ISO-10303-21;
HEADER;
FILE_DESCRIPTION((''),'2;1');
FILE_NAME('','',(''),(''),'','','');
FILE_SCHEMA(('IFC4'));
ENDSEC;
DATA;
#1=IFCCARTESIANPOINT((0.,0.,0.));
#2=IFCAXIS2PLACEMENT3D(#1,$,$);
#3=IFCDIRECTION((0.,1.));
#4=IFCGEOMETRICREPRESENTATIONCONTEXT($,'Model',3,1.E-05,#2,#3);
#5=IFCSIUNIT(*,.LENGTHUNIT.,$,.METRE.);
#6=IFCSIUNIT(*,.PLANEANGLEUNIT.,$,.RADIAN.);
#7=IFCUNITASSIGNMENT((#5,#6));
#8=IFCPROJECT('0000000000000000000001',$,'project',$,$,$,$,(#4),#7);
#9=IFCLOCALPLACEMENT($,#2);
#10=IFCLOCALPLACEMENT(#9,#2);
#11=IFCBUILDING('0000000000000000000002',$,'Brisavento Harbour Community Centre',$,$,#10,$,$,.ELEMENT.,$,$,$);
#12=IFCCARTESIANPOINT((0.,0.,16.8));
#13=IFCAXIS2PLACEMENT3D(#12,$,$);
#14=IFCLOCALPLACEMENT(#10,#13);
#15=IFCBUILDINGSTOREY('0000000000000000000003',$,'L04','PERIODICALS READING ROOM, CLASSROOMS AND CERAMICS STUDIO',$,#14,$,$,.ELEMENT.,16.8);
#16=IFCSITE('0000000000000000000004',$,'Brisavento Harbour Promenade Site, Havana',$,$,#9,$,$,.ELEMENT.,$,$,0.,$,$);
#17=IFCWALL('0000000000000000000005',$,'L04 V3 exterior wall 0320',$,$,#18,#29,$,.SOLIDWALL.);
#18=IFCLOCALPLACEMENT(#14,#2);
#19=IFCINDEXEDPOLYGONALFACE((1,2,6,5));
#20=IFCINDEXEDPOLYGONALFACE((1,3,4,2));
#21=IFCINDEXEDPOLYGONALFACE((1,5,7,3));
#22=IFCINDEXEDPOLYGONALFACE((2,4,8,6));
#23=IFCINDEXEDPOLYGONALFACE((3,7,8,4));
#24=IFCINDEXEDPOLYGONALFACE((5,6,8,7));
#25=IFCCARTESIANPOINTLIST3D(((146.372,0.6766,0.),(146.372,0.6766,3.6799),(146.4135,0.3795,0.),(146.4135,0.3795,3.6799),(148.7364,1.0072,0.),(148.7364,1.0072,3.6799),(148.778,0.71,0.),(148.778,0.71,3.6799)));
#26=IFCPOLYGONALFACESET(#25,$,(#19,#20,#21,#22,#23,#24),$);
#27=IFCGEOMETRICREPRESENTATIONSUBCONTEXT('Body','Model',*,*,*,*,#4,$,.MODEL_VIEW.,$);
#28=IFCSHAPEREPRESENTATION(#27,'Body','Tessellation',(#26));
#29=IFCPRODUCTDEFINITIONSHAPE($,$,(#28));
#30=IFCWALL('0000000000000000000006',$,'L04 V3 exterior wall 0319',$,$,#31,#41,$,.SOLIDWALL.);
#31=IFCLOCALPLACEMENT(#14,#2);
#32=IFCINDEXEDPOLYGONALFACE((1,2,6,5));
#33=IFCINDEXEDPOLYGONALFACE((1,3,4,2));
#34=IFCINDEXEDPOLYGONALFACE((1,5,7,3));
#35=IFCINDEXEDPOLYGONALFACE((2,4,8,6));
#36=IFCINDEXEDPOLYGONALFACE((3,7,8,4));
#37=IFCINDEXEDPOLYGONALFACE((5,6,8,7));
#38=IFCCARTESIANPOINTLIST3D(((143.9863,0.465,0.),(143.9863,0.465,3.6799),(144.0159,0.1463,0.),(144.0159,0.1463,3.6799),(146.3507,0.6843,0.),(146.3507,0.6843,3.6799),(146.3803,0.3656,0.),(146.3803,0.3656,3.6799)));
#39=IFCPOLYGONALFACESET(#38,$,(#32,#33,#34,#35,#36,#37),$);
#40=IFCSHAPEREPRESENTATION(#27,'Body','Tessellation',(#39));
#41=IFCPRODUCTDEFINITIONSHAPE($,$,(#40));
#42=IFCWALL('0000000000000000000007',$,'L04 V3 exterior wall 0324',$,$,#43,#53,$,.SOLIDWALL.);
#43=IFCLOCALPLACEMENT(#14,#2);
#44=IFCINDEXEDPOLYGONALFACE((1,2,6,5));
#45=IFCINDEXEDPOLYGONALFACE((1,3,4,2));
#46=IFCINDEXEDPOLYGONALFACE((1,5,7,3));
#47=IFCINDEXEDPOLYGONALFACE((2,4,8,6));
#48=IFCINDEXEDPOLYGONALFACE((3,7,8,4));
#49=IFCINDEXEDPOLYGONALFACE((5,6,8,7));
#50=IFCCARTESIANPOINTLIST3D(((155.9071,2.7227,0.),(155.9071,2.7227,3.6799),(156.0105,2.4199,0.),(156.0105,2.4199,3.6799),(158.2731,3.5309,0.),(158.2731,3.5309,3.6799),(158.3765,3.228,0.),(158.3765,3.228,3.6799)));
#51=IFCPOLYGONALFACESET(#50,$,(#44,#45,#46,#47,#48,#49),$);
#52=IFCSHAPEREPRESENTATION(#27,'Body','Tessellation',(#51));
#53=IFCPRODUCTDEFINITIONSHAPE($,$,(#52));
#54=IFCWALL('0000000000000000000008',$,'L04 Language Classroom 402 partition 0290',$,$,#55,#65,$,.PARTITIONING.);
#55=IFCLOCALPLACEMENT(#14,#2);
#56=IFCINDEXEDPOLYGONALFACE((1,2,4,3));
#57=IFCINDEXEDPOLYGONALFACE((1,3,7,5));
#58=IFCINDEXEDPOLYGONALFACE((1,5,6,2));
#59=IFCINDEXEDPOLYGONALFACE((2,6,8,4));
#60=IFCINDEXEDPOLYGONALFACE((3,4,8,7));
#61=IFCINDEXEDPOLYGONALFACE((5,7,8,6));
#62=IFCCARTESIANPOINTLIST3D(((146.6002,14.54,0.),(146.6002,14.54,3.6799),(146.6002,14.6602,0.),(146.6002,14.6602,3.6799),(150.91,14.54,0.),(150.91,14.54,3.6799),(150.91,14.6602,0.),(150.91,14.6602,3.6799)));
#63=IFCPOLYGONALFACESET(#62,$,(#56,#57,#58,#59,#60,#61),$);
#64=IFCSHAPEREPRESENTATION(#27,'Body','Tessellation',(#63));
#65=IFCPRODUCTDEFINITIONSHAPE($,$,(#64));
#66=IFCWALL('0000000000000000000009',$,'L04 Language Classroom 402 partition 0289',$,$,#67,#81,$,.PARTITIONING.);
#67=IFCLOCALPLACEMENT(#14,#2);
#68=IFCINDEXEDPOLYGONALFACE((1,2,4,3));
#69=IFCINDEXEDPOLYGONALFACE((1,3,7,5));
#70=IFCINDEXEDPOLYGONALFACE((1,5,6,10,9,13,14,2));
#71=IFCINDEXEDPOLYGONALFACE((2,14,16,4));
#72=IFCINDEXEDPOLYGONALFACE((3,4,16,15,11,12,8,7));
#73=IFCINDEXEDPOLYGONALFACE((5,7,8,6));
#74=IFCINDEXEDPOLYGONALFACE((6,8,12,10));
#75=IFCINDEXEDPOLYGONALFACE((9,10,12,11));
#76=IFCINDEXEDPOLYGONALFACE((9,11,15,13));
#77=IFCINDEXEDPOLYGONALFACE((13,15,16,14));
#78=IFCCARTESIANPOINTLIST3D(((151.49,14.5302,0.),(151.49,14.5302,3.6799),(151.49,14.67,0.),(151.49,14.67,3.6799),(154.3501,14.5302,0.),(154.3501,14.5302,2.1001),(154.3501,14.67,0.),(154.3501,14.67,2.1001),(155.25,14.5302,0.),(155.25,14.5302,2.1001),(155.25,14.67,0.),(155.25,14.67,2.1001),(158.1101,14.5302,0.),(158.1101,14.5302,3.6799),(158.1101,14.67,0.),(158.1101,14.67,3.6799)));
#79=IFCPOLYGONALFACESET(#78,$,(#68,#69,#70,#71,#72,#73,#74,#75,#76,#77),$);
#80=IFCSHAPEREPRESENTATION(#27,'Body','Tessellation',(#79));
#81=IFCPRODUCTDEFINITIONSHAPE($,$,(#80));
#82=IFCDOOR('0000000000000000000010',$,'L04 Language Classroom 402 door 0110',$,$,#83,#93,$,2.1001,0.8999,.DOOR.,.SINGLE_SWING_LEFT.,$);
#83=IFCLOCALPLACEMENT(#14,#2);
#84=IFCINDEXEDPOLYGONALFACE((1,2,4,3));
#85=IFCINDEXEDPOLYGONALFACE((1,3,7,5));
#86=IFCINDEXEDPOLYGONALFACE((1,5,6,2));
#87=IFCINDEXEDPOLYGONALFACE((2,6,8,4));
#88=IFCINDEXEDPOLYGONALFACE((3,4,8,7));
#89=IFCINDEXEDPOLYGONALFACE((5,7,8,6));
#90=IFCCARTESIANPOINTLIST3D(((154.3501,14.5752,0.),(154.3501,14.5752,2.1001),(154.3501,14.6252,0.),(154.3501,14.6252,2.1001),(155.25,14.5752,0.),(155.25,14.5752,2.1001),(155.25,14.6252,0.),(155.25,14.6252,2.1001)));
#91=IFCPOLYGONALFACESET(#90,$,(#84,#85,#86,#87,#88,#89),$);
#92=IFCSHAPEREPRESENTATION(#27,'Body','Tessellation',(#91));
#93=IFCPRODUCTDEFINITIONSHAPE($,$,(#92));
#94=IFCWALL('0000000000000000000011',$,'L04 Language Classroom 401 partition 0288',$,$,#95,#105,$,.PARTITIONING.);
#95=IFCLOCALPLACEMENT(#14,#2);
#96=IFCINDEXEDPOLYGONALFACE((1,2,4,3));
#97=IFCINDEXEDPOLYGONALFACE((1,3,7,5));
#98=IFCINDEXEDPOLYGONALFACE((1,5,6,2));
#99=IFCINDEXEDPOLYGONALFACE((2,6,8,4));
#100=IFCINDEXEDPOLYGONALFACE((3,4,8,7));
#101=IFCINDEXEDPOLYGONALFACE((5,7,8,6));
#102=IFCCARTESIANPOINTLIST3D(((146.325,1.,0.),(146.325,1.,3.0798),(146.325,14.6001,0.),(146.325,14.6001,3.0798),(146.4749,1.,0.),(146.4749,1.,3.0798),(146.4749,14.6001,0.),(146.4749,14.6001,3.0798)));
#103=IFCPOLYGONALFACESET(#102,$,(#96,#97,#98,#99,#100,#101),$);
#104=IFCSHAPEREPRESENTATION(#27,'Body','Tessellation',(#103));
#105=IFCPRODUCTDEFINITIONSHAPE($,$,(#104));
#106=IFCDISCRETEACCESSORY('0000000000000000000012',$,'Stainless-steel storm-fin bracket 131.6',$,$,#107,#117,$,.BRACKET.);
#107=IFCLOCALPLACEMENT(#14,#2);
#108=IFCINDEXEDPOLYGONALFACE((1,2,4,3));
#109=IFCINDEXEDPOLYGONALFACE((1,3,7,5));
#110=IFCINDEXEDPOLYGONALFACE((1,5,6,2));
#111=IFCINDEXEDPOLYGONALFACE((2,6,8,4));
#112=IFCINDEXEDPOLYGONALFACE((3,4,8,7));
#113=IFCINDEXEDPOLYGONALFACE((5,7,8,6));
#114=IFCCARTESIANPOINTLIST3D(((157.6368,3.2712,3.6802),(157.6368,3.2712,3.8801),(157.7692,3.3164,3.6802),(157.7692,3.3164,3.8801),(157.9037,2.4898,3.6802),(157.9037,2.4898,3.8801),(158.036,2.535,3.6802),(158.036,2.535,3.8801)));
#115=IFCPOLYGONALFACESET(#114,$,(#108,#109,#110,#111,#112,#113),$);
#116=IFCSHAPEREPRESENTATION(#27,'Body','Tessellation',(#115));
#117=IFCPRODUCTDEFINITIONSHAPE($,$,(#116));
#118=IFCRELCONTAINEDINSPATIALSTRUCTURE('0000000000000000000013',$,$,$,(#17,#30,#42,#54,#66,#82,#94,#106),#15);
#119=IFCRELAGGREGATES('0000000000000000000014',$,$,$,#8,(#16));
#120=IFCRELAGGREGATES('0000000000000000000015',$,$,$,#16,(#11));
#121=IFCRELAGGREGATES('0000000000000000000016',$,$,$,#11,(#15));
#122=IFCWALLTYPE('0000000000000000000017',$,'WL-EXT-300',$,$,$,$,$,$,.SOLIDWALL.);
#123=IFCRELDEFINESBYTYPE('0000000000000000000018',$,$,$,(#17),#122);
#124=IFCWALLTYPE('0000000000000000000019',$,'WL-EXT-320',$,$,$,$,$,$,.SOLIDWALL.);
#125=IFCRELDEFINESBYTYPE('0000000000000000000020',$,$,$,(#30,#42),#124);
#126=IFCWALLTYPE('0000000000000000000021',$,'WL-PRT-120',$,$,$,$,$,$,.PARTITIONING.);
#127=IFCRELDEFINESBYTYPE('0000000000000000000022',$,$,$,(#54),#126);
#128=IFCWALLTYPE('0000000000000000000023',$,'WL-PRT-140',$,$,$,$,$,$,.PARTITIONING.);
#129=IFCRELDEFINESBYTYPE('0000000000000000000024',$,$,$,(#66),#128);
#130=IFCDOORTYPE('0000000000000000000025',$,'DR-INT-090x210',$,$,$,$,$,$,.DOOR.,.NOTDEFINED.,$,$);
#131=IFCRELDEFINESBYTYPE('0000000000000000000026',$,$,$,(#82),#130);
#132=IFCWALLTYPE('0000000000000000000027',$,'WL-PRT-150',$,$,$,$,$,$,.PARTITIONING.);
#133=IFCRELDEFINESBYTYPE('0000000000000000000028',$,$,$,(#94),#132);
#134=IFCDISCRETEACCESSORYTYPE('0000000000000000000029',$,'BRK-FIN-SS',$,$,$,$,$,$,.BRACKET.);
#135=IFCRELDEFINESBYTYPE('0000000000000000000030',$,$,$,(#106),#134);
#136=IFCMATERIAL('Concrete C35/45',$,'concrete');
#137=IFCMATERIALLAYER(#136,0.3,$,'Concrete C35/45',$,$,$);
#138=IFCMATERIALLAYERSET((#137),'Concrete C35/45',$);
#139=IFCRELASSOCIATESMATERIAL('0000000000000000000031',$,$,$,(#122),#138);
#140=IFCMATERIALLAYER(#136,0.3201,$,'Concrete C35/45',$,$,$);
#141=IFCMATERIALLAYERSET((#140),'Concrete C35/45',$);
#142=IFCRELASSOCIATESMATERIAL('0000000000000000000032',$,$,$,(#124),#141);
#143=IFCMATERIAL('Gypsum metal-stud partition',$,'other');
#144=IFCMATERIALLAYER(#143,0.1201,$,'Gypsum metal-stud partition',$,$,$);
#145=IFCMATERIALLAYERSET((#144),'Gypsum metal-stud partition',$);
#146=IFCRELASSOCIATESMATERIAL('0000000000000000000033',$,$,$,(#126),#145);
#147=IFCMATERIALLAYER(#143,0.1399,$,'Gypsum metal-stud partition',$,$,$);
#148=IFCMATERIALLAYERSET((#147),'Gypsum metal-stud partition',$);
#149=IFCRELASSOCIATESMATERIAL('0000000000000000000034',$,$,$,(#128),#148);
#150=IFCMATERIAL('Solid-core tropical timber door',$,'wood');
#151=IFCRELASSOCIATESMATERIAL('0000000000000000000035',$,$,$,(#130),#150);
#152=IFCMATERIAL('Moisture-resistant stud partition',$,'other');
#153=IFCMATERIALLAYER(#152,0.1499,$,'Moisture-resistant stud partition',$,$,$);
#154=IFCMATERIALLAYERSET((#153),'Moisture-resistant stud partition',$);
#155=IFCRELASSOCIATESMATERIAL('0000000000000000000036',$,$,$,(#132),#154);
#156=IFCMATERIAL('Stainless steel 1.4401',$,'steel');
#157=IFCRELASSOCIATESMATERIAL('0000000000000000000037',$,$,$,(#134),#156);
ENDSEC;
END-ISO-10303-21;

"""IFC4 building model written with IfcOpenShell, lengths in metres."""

from ifc_helpers import new_model, si_unit, direction, frame, frame_2d, origin, origin_2d, place, context, subcontext, project, spatial, rectangle, extrude, material, layer, layer_set, type_object, element, fill, save


model = new_model("IFC4")

# Units and contexts
model_context = context("Model", 3, precision=1e-05, world=origin(), true_north=direction((0.0, 1.0)))
body_context = subcontext(model_context, "Body", "Model", "MODEL_VIEW")
ifc_project = project(units=[si_unit("LENGTHUNIT", "METRE"), si_unit("PLANEANGLEUNIT", "RADIAN")], contexts=[model_context])

# Site, building, storey
site_placement = place(None, origin())
site = spatial("IfcSite", under=ifc_project, at=site_placement, Name="Brisavento Harbour Promenade Site, Havana", CompositionType="ELEMENT", RefElevation=0.0)
building_placement = place(site_placement, origin())
building = spatial("IfcBuilding", under=site, at=building_placement, Name="Brisavento Harbour Community Centre", CompositionType="ELEMENT")
storey_placement = place(building_placement, frame((0.0, 0.0, 16.8)))
storey = spatial("IfcBuildingStorey", under=building, at=storey_placement, Name="L04", Description="PERIODICALS READING ROOM, CLASSROOMS AND CERAMICS STUDIO", CompositionType="ELEMENT", Elevation=16.8)

# Shared definitions
ifc_material_1 = material(Name="Concrete C35/45", Category="concrete")

# Walls
ifc_layer_1 = layer(ifc_material_1, 0.3, Name="Concrete C35/45")
ifc_layer_set_1 = layer_set([ifc_layer_1], Name="Concrete C35/45")
wall_type_1 = type_object("IfcWallType", Name="WL-EXT-300", PredefinedType="SOLIDWALL", material=ifc_layer_set_1)
wall_1_placement = place(storey_placement, frame((148.7573, 0.8586, 0.0), z_axis=(0.0, 0.0, 1.0), x_axis=(-0.990368, -0.138457, 0.0)))
element("IfcWall", 1, at=wall_1_placement, inside=storey, type_object=wall_type_1, Name="L04 V3 exterior wall 0320", PredefinedType="SOLIDWALL", context=body_context, shape_type="SweptSolid", body=[
    extrude(rectangle(XDim=2.3875, YDim=0.3, at=frame_2d((1.1938, 0.0))), origin(), (0.0, 0.0, 1.0), 3.6799),
])
ifc_layer_2 = layer(ifc_material_1, 0.3201, Name="Concrete C35/45")
ifc_layer_set_2 = layer_set([ifc_layer_2], Name="Concrete C35/45")
wall_type_2 = type_object("IfcWallType", Name="WL-EXT-320", PredefinedType="SOLIDWALL", material=ifc_layer_set_2)
wall_2_placement = place(storey_placement, frame((146.3655, 0.5249, 0.0), z_axis=(0.0, 0.0, 1.0), x_axis=(-0.995728, -0.092334, 0.0)))
element("IfcWall", 2, at=wall_2_placement, inside=storey, type_object=wall_type_2, Name="L04 V3 exterior wall 0319", PredefinedType="SOLIDWALL", context=body_context, shape_type="SweptSolid", body=[
    extrude(rectangle(XDim=2.3745, YDim=0.3201, at=frame_2d((1.1873, 0.0))), origin(), (0.0, 0.0, 1.0), 3.6799),
])
wall_3_placement = place(storey_placement, frame((158.3247, 3.3794, 0.0), z_axis=(0.0, 0.0, 1.0), x_axis=(-0.946324, -0.323221, 0.0)))
element("IfcWall", 3, at=wall_3_placement, inside=storey, type_object=wall_type_2, Name="L04 V3 exterior wall 0324", PredefinedType="SOLIDWALL", context=body_context, shape_type="SweptSolid", body=[
    extrude(rectangle(XDim=2.5002, YDim=0.3201, at=frame_2d((1.25, 0.0))), origin(), (0.0, 0.0, 1.0), 3.6799),
])
ifc_material_2 = material(Name="Gypsum metal-stud partition", Category="other")
ifc_layer_3 = layer(ifc_material_2, 0.1201, Name="Gypsum metal-stud partition")
ifc_layer_set_3 = layer_set([ifc_layer_3], Name="Gypsum metal-stud partition")
wall_type_3 = type_object("IfcWallType", Name="WL-PRT-120", PredefinedType="PARTITIONING", material=ifc_layer_set_3)
wall_4_placement = place(storey_placement, frame((150.9099, 14.6001, 0.0), z_axis=(0.0, 0.0, 1.0), x_axis=(-1.0, 0.0, 0.0)))
element("IfcWall", 4, at=wall_4_placement, inside=storey, type_object=wall_type_3, Name="L04 Language Classroom 402 partition 0290", PredefinedType="PARTITIONING", context=body_context, shape_type="SweptSolid", body=[
    extrude(rectangle(XDim=4.3098, YDim=0.1201, at=frame_2d((2.1548, 0.0))), origin(), (0.0, 0.0, 1.0), 3.6799),
])

# Wall, opening, door
ifc_layer_4 = layer(ifc_material_2, 0.1399, Name="Gypsum metal-stud partition")
ifc_layer_set_4 = layer_set([ifc_layer_4], Name="Gypsum metal-stud partition")
wall_type_4 = type_object("IfcWallType", Name="WL-PRT-140", PredefinedType="PARTITIONING", material=ifc_layer_set_4)
wall_5_placement = place(storey_placement, frame((158.1101, 14.6001, 0.0), z_axis=(0.0, 0.0, 1.0), x_axis=(-1.0, 0.0, 0.0)))
wall_5 = element("IfcWall", 5, at=wall_5_placement, inside=storey, type_object=wall_type_4, Name="L04 Language Classroom 402 partition 0289", PredefinedType="PARTITIONING", context=body_context, shape_type="SweptSolid", body=[
    extrude(rectangle(XDim=6.6201, YDim=0.1399, at=frame_2d((3.3101, 0.0))), origin(), (0.0, 0.0, 1.0), 3.6799),
])
opening_1_placement = place(wall_5_placement, frame((2.8601, 0.0, 0.0)))
opening_1 = element("IfcOpeningElement", 6, at=opening_1_placement, cuts=wall_5, PredefinedType="OPENING", context=body_context, shape_type="SweptSolid", body=[
    extrude(rectangle(XDim=0.8999, YDim=2.1001, at=frame_2d((0.45, 1.05))), frame((0.0, 0.0801, 0.0), z_axis=(0.0, -1.0, 0.0), x_axis=(1.0, 0.0, 0.0)), (0.0, 0.0, 1.0), 0.1599),
])
ifc_material_3 = material(Name="Solid-core tropical timber door", Category="wood")
door_type_1 = type_object("IfcDoorType", Name="DR-INT-090x210", OperationType="NOTDEFINED", PredefinedType="DOOR", material=ifc_material_3)
door_1_placement = place(opening_1_placement, origin())
door_1 = element("IfcDoor", 7, at=door_1_placement, inside=storey, type_object=door_type_1, Name="L04 Language Classroom 402 door 0110", OperationType="SINGLE_SWING_LEFT", OverallHeight=2.1001, OverallWidth=0.8999, PredefinedType="DOOR", context=body_context, shape_type="SweptSolid", body=[
    extrude(rectangle(XDim=0.8999, YDim=2.1001, at=frame_2d((0.45, 1.05))), frame((0.0, 0.0249, 0.0), z_axis=(0.0, -1.0, 0.0), x_axis=(1.0, 0.0, 0.0)), (0.0, 0.0, 1.0), 0.05),
])
fill(opening_1, door_1)
ifc_material_4 = material(Name="Moisture-resistant stud partition", Category="other")
ifc_layer_5 = layer(ifc_material_4, 0.1499, Name="Moisture-resistant stud partition")
ifc_layer_set_5 = layer_set([ifc_layer_5], Name="Moisture-resistant stud partition")
wall_type_5 = type_object("IfcWallType", Name="WL-PRT-150", PredefinedType="PARTITIONING", material=ifc_layer_set_5)

# Wall
wall_6_placement = place(storey_placement, frame((146.3999, 1.0, 0.0), z_axis=(0.0, 0.0, 1.0), x_axis=(0.0, 1.0, 0.0)))
element("IfcWall", 8, at=wall_6_placement, inside=storey, type_object=wall_type_5, Name="L04 Language Classroom 401 partition 0288", PredefinedType="PARTITIONING", context=body_context, shape_type="SweptSolid", body=[
    extrude(rectangle(XDim=13.6001, YDim=0.1499, at=frame_2d((6.8, 0.0))), origin(), (0.0, 0.0, 1.0), 3.0798),
])

# Discrete accessory
ifc_material_5 = material(Name="Stainless steel 1.4401", Category="steel")
discrete_accessory_type = type_object("IfcDiscreteAccessoryType", Name="BRK-FIN-SS", PredefinedType="BRACKET", material=ifc_material_5)
discrete_accessory_placement = place(storey_placement, frame((157.8364, 2.9031, 3.6802), z_axis=(0.0, 0.0, 1.0), x_axis=(0.323174, -0.946339, 0.0)))
element("IfcDiscreteAccessory", 9, at=discrete_accessory_placement, inside=storey, type_object=discrete_accessory_type, Name="Stainless-steel storm-fin bracket 131.6", PredefinedType="BRACKET", context=body_context, shape_type="SweptSolid", body=[
    extrude(rectangle(XDim=0.8257, YDim=0.1399, at=origin_2d()), origin(), (0.0, 0.0, 1.0), 0.2),
])

save(model, "model.ifc")
